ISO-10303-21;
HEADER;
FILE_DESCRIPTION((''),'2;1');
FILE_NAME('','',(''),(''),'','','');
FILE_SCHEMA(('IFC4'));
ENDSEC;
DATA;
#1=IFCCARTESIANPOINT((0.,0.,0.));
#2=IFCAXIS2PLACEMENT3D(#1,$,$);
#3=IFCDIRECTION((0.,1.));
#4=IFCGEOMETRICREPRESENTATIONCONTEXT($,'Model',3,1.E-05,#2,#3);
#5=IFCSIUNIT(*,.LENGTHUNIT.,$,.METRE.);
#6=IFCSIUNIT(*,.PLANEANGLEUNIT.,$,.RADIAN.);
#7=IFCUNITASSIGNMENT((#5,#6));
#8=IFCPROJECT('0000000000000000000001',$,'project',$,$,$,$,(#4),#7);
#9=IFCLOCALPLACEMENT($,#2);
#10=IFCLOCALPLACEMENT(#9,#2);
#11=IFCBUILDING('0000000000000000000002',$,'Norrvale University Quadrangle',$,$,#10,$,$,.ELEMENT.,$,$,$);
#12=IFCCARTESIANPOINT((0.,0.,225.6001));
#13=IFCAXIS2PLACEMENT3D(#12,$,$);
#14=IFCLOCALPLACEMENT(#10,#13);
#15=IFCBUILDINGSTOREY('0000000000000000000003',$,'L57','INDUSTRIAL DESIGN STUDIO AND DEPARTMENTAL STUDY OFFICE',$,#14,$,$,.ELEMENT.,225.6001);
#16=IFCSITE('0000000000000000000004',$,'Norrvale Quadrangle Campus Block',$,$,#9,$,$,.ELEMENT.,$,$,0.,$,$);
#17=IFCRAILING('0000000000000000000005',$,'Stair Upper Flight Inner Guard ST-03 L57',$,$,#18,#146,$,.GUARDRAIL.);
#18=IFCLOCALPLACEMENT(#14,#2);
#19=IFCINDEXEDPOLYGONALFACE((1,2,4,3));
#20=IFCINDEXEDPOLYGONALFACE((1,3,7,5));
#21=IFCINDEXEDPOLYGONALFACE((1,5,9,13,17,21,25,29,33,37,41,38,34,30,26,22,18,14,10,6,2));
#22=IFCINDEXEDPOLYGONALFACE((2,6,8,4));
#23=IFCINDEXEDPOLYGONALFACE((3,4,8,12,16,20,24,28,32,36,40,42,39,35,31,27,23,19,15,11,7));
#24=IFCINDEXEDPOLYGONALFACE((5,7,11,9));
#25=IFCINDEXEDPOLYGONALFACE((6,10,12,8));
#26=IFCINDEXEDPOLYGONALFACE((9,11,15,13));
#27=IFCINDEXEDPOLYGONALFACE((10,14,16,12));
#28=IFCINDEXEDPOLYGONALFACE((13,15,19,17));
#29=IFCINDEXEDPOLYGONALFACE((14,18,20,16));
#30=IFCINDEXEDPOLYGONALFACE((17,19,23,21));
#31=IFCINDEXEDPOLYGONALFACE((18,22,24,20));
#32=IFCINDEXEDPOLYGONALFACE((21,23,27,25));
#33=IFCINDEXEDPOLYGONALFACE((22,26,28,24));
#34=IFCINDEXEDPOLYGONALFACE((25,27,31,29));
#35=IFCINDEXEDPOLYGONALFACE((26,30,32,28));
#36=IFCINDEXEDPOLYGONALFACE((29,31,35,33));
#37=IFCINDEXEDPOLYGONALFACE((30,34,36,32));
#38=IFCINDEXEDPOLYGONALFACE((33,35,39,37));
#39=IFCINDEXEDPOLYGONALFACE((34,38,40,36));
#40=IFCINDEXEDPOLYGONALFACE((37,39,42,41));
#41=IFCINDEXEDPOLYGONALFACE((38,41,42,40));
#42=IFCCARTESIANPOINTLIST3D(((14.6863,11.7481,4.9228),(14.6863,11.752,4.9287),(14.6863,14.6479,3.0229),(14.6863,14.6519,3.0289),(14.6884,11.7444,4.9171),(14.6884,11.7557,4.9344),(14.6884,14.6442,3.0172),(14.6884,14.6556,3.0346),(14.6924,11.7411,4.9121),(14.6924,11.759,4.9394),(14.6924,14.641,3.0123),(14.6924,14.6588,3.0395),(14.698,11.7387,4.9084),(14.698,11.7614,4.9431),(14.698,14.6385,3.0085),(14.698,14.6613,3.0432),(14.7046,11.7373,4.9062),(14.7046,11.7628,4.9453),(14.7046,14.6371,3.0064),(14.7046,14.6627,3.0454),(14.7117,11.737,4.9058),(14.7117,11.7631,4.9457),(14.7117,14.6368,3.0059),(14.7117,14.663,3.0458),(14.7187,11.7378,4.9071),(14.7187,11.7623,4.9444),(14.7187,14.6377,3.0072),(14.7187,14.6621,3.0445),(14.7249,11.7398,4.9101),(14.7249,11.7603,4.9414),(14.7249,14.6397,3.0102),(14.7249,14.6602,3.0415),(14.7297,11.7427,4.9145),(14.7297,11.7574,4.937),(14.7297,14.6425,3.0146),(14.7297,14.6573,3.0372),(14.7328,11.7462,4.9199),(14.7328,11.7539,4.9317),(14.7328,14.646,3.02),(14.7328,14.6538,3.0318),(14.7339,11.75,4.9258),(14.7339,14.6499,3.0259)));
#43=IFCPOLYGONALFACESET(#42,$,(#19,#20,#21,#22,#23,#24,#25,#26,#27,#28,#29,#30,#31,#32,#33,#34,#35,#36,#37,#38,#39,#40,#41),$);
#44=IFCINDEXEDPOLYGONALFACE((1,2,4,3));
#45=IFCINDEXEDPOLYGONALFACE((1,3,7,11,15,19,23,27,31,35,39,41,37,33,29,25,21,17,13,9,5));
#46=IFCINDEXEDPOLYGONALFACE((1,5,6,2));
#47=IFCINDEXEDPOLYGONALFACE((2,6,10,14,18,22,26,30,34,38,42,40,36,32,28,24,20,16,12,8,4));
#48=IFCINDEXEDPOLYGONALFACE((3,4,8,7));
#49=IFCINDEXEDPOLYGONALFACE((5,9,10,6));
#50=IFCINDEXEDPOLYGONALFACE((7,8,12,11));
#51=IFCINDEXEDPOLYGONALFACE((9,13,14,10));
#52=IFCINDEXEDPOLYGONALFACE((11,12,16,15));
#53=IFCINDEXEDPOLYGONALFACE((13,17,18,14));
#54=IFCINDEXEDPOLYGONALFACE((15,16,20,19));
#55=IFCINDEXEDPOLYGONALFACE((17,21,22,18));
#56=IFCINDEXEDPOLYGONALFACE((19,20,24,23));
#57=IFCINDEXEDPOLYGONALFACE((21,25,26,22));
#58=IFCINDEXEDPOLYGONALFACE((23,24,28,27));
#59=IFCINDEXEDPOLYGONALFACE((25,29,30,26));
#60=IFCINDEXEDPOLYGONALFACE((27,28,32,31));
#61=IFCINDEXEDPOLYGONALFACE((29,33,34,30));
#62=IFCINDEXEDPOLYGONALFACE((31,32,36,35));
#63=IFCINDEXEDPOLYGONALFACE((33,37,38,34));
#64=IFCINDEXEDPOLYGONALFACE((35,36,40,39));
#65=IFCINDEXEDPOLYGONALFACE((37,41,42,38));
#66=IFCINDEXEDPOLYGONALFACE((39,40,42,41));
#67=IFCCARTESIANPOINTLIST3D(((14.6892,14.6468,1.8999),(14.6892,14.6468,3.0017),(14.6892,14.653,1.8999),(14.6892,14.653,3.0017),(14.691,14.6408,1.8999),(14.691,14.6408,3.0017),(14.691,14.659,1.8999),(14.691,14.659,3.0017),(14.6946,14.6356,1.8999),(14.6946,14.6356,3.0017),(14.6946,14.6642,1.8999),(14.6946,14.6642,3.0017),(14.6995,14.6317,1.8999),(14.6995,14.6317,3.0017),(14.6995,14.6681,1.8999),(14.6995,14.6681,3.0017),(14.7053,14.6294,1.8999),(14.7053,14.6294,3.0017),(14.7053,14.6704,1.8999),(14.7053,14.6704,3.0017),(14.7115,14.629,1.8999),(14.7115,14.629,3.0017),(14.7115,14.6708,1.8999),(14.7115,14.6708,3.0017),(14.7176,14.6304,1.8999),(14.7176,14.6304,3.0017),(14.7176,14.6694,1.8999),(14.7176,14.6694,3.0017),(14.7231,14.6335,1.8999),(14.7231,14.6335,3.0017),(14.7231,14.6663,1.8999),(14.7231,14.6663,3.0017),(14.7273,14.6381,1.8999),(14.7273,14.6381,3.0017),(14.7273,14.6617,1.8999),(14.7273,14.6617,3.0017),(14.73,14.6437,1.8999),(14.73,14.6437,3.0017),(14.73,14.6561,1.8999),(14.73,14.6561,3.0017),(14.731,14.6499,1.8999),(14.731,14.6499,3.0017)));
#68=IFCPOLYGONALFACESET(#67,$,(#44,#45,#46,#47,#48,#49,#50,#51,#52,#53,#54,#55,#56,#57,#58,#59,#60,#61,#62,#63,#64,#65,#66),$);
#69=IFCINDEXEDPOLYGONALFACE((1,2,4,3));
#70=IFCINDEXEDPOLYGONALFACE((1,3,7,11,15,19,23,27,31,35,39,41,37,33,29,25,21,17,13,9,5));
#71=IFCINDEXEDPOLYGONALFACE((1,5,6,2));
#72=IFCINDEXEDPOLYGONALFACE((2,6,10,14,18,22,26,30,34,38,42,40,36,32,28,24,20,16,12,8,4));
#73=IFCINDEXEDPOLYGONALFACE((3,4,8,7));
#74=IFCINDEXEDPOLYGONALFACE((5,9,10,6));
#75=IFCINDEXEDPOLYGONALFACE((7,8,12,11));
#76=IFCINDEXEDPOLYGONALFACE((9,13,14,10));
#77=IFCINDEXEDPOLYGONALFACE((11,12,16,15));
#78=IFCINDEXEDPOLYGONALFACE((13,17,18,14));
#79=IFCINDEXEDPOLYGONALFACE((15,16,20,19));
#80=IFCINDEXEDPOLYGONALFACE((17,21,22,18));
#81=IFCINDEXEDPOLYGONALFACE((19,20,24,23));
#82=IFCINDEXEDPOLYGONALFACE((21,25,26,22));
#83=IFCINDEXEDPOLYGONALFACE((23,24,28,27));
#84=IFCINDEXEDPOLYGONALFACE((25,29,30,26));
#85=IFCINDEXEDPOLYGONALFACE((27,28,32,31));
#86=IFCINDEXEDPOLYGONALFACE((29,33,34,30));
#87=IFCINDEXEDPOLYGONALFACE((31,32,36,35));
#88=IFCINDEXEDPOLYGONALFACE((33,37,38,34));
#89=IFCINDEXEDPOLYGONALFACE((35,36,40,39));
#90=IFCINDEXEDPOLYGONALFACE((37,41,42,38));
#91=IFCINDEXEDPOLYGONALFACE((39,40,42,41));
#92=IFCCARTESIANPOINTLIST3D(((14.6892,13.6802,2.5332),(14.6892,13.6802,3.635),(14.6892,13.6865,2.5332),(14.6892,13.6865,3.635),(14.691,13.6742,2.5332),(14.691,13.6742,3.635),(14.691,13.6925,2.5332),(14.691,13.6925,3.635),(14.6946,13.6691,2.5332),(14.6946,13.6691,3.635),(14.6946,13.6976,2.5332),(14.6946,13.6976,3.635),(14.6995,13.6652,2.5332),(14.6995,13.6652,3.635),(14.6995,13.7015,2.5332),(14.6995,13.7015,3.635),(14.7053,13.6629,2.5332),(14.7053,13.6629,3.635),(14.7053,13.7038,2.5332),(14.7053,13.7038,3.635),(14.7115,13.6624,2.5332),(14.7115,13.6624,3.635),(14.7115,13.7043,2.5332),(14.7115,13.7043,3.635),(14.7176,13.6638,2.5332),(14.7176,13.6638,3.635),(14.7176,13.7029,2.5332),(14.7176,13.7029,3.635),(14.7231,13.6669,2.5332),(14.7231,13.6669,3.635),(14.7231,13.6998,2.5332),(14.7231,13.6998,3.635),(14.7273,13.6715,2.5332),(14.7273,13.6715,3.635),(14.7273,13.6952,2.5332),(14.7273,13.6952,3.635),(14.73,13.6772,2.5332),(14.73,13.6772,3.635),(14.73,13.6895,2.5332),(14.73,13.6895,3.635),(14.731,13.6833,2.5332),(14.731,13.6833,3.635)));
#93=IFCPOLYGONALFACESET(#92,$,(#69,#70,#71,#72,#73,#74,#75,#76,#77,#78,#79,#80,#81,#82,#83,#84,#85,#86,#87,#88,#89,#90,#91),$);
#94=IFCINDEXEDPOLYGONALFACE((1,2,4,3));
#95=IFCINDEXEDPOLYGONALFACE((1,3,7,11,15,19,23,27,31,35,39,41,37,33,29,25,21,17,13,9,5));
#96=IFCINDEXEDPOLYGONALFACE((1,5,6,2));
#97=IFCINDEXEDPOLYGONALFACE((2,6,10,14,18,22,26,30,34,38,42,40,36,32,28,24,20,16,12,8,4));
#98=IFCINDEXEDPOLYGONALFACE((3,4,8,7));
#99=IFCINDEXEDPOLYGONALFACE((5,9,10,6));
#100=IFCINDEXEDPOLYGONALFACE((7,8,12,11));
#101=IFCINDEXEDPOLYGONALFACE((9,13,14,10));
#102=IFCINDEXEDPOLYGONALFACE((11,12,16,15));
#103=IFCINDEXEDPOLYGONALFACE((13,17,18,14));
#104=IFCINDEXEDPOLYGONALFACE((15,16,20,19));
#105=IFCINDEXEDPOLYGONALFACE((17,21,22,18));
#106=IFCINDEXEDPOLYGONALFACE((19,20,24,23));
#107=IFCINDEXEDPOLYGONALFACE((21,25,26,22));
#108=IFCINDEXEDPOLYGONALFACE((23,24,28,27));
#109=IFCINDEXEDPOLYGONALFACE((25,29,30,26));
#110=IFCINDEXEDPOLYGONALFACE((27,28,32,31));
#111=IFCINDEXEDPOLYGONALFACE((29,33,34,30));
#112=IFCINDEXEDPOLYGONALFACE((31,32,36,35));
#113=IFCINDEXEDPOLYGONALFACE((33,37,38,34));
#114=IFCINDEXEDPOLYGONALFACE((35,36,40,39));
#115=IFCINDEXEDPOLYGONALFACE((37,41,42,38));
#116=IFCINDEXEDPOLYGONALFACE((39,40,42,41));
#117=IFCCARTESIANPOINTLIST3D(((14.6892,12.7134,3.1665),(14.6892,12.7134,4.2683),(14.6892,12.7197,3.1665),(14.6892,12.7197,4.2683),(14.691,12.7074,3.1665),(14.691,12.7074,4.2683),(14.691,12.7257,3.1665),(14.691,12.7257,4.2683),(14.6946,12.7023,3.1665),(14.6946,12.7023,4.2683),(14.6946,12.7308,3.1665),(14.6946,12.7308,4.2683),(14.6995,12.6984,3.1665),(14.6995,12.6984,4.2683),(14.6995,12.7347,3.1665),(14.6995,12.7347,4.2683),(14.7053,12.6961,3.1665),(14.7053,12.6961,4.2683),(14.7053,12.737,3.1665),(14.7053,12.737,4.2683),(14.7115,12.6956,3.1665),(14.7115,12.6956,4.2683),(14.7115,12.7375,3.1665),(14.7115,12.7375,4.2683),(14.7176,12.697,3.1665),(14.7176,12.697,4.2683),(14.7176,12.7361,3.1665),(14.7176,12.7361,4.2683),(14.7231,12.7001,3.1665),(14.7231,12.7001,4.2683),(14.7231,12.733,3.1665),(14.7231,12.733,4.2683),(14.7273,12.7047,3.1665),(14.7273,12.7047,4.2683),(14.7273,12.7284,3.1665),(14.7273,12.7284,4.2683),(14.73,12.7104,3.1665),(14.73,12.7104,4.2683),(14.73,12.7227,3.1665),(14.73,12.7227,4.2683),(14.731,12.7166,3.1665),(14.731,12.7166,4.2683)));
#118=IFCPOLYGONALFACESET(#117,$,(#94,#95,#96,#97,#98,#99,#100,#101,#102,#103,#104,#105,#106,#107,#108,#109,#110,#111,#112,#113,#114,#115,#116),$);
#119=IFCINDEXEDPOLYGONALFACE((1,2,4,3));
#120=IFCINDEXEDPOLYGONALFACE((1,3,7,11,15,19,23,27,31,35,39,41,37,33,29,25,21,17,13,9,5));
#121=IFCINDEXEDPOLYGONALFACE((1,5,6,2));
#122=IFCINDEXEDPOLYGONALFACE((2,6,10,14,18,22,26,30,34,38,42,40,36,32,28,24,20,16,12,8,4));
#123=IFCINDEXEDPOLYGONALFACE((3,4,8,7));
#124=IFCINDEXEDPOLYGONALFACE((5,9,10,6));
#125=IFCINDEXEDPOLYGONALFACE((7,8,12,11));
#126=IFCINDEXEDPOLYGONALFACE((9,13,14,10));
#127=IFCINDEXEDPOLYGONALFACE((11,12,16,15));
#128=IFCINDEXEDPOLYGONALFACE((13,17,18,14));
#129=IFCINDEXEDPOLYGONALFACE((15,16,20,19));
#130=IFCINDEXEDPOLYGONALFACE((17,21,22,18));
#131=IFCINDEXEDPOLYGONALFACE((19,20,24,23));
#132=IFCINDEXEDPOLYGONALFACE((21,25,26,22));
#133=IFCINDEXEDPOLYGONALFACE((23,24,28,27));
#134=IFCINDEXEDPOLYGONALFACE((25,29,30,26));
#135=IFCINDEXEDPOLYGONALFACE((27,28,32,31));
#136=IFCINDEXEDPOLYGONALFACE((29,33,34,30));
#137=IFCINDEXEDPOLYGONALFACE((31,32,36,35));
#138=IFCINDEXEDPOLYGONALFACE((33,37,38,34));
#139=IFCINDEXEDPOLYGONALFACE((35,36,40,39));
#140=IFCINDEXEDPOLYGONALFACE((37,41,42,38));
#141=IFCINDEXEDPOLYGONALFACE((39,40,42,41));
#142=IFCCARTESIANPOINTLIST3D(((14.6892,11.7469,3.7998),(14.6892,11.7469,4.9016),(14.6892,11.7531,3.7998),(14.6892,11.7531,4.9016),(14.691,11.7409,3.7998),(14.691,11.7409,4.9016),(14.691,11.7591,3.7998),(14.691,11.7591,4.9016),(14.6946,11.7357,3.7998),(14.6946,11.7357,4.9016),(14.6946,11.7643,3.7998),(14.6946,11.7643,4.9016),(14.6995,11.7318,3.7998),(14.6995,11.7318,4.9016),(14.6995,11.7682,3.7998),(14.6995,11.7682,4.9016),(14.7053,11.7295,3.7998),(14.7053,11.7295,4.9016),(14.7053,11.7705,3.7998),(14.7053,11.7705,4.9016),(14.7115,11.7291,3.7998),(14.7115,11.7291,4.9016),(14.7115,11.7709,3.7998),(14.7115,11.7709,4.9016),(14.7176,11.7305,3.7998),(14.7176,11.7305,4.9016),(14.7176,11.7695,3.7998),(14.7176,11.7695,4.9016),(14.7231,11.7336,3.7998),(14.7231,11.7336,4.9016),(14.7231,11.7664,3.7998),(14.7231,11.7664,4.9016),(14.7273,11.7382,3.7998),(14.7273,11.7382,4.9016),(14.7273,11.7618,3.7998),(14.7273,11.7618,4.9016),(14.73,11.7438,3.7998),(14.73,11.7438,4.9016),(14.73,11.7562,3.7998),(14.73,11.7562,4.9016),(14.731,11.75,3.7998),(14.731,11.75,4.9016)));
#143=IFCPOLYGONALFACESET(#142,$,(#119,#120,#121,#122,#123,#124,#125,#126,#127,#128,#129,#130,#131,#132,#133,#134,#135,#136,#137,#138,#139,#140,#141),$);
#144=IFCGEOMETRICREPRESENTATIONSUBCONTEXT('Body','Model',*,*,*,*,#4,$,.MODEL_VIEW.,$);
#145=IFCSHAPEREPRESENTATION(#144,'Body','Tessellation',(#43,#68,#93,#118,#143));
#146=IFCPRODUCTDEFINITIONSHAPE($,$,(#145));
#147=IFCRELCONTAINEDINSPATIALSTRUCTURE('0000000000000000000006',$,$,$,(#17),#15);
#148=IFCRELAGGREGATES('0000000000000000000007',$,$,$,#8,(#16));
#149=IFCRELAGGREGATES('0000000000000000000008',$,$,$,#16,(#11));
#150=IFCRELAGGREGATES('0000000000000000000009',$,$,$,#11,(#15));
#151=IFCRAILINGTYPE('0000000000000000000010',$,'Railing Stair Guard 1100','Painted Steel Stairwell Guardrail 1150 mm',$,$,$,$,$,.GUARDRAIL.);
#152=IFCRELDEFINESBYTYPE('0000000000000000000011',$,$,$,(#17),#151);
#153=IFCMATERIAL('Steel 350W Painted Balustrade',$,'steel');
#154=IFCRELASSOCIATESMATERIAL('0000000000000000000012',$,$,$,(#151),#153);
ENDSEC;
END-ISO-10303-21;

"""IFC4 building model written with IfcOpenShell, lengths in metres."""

from ifc_helpers import new_model, si_unit, direction, frame, origin, origin_2d, place, context, subcontext, project, spatial, circle, extrude, material, type_object, element, save


model = new_model("IFC4")

# Units and contexts
model_context = context("Model", 3, precision=1e-05, world=origin(), true_north=direction((0.0, 1.0)))
body_context = subcontext(model_context, "Body", "Model", "MODEL_VIEW")
ifc_project = project(units=[si_unit("LENGTHUNIT", "METRE"), si_unit("PLANEANGLEUNIT", "RADIAN")], contexts=[model_context])

# Site, building, storey
site_placement = place(None, origin())
site = spatial("IfcSite", under=ifc_project, at=site_placement, Name="Norrvale Quadrangle Campus Block", CompositionType="ELEMENT", RefElevation=0.0)
building_placement = place(site_placement, origin())
building = spatial("IfcBuilding", under=site, at=building_placement, Name="Norrvale University Quadrangle", CompositionType="ELEMENT")
storey_placement = place(building_placement, frame((0.0, 0.0, 225.6001)))
storey = spatial("IfcBuildingStorey", under=building, at=storey_placement, Name="L57", Description="INDUSTRIAL DESIGN STUDIO AND DEPARTMENTAL STUDY OFFICE", CompositionType="ELEMENT", Elevation=225.6001)

# Railing
ifc_material_1 = material(Name="Steel 350W Painted Balustrade", Category="steel")
railing_type_1 = type_object("IfcRailingType", Name="Railing Stair Guard 1100", Description="Painted Steel Stairwell Guardrail 1150 mm", PredefinedType="GUARDRAIL", material=ifc_material_1)
railing_1_placement = place(storey_placement, frame((14.71, 14.6499, 1.8999)))
element("IfcRailing", 1, at=railing_1_placement, inside=storey, type_object=railing_type_1, Name="Stair Upper Flight Inner Guard ST-03 L57", PredefinedType="GUARDRAIL", context=body_context, shape_type="SweptSolid", body=[
    extrude(circle(Radius=0.0239, at=origin_2d()), frame((0.0, 0.0, 1.126), z_axis=(0.0, -0.836466, 0.548019), x_axis=(1.0, 0.0, 0.0)), (0.0, 0.0, 1.0), 3.4668),
    extrude(circle(Radius=0.021, at=origin_2d()), origin(), (0.0, 0.0, 1.0), 1.1018),
    extrude(circle(Radius=0.021, at=origin_2d()), frame((0.0, -0.9666, 0.6333)), (0.0, 0.0, 1.0), 1.1018),
    extrude(circle(Radius=0.021, at=origin_2d()), frame((0.0, -1.9333, 1.2666)), (0.0, 0.0, 1.0), 1.1018),
    extrude(circle(Radius=0.021, at=origin_2d()), frame((0.0, -2.8999, 1.8999)), (0.0, 0.0, 1.0), 1.1018),
])

save(model, "model.ifc")
